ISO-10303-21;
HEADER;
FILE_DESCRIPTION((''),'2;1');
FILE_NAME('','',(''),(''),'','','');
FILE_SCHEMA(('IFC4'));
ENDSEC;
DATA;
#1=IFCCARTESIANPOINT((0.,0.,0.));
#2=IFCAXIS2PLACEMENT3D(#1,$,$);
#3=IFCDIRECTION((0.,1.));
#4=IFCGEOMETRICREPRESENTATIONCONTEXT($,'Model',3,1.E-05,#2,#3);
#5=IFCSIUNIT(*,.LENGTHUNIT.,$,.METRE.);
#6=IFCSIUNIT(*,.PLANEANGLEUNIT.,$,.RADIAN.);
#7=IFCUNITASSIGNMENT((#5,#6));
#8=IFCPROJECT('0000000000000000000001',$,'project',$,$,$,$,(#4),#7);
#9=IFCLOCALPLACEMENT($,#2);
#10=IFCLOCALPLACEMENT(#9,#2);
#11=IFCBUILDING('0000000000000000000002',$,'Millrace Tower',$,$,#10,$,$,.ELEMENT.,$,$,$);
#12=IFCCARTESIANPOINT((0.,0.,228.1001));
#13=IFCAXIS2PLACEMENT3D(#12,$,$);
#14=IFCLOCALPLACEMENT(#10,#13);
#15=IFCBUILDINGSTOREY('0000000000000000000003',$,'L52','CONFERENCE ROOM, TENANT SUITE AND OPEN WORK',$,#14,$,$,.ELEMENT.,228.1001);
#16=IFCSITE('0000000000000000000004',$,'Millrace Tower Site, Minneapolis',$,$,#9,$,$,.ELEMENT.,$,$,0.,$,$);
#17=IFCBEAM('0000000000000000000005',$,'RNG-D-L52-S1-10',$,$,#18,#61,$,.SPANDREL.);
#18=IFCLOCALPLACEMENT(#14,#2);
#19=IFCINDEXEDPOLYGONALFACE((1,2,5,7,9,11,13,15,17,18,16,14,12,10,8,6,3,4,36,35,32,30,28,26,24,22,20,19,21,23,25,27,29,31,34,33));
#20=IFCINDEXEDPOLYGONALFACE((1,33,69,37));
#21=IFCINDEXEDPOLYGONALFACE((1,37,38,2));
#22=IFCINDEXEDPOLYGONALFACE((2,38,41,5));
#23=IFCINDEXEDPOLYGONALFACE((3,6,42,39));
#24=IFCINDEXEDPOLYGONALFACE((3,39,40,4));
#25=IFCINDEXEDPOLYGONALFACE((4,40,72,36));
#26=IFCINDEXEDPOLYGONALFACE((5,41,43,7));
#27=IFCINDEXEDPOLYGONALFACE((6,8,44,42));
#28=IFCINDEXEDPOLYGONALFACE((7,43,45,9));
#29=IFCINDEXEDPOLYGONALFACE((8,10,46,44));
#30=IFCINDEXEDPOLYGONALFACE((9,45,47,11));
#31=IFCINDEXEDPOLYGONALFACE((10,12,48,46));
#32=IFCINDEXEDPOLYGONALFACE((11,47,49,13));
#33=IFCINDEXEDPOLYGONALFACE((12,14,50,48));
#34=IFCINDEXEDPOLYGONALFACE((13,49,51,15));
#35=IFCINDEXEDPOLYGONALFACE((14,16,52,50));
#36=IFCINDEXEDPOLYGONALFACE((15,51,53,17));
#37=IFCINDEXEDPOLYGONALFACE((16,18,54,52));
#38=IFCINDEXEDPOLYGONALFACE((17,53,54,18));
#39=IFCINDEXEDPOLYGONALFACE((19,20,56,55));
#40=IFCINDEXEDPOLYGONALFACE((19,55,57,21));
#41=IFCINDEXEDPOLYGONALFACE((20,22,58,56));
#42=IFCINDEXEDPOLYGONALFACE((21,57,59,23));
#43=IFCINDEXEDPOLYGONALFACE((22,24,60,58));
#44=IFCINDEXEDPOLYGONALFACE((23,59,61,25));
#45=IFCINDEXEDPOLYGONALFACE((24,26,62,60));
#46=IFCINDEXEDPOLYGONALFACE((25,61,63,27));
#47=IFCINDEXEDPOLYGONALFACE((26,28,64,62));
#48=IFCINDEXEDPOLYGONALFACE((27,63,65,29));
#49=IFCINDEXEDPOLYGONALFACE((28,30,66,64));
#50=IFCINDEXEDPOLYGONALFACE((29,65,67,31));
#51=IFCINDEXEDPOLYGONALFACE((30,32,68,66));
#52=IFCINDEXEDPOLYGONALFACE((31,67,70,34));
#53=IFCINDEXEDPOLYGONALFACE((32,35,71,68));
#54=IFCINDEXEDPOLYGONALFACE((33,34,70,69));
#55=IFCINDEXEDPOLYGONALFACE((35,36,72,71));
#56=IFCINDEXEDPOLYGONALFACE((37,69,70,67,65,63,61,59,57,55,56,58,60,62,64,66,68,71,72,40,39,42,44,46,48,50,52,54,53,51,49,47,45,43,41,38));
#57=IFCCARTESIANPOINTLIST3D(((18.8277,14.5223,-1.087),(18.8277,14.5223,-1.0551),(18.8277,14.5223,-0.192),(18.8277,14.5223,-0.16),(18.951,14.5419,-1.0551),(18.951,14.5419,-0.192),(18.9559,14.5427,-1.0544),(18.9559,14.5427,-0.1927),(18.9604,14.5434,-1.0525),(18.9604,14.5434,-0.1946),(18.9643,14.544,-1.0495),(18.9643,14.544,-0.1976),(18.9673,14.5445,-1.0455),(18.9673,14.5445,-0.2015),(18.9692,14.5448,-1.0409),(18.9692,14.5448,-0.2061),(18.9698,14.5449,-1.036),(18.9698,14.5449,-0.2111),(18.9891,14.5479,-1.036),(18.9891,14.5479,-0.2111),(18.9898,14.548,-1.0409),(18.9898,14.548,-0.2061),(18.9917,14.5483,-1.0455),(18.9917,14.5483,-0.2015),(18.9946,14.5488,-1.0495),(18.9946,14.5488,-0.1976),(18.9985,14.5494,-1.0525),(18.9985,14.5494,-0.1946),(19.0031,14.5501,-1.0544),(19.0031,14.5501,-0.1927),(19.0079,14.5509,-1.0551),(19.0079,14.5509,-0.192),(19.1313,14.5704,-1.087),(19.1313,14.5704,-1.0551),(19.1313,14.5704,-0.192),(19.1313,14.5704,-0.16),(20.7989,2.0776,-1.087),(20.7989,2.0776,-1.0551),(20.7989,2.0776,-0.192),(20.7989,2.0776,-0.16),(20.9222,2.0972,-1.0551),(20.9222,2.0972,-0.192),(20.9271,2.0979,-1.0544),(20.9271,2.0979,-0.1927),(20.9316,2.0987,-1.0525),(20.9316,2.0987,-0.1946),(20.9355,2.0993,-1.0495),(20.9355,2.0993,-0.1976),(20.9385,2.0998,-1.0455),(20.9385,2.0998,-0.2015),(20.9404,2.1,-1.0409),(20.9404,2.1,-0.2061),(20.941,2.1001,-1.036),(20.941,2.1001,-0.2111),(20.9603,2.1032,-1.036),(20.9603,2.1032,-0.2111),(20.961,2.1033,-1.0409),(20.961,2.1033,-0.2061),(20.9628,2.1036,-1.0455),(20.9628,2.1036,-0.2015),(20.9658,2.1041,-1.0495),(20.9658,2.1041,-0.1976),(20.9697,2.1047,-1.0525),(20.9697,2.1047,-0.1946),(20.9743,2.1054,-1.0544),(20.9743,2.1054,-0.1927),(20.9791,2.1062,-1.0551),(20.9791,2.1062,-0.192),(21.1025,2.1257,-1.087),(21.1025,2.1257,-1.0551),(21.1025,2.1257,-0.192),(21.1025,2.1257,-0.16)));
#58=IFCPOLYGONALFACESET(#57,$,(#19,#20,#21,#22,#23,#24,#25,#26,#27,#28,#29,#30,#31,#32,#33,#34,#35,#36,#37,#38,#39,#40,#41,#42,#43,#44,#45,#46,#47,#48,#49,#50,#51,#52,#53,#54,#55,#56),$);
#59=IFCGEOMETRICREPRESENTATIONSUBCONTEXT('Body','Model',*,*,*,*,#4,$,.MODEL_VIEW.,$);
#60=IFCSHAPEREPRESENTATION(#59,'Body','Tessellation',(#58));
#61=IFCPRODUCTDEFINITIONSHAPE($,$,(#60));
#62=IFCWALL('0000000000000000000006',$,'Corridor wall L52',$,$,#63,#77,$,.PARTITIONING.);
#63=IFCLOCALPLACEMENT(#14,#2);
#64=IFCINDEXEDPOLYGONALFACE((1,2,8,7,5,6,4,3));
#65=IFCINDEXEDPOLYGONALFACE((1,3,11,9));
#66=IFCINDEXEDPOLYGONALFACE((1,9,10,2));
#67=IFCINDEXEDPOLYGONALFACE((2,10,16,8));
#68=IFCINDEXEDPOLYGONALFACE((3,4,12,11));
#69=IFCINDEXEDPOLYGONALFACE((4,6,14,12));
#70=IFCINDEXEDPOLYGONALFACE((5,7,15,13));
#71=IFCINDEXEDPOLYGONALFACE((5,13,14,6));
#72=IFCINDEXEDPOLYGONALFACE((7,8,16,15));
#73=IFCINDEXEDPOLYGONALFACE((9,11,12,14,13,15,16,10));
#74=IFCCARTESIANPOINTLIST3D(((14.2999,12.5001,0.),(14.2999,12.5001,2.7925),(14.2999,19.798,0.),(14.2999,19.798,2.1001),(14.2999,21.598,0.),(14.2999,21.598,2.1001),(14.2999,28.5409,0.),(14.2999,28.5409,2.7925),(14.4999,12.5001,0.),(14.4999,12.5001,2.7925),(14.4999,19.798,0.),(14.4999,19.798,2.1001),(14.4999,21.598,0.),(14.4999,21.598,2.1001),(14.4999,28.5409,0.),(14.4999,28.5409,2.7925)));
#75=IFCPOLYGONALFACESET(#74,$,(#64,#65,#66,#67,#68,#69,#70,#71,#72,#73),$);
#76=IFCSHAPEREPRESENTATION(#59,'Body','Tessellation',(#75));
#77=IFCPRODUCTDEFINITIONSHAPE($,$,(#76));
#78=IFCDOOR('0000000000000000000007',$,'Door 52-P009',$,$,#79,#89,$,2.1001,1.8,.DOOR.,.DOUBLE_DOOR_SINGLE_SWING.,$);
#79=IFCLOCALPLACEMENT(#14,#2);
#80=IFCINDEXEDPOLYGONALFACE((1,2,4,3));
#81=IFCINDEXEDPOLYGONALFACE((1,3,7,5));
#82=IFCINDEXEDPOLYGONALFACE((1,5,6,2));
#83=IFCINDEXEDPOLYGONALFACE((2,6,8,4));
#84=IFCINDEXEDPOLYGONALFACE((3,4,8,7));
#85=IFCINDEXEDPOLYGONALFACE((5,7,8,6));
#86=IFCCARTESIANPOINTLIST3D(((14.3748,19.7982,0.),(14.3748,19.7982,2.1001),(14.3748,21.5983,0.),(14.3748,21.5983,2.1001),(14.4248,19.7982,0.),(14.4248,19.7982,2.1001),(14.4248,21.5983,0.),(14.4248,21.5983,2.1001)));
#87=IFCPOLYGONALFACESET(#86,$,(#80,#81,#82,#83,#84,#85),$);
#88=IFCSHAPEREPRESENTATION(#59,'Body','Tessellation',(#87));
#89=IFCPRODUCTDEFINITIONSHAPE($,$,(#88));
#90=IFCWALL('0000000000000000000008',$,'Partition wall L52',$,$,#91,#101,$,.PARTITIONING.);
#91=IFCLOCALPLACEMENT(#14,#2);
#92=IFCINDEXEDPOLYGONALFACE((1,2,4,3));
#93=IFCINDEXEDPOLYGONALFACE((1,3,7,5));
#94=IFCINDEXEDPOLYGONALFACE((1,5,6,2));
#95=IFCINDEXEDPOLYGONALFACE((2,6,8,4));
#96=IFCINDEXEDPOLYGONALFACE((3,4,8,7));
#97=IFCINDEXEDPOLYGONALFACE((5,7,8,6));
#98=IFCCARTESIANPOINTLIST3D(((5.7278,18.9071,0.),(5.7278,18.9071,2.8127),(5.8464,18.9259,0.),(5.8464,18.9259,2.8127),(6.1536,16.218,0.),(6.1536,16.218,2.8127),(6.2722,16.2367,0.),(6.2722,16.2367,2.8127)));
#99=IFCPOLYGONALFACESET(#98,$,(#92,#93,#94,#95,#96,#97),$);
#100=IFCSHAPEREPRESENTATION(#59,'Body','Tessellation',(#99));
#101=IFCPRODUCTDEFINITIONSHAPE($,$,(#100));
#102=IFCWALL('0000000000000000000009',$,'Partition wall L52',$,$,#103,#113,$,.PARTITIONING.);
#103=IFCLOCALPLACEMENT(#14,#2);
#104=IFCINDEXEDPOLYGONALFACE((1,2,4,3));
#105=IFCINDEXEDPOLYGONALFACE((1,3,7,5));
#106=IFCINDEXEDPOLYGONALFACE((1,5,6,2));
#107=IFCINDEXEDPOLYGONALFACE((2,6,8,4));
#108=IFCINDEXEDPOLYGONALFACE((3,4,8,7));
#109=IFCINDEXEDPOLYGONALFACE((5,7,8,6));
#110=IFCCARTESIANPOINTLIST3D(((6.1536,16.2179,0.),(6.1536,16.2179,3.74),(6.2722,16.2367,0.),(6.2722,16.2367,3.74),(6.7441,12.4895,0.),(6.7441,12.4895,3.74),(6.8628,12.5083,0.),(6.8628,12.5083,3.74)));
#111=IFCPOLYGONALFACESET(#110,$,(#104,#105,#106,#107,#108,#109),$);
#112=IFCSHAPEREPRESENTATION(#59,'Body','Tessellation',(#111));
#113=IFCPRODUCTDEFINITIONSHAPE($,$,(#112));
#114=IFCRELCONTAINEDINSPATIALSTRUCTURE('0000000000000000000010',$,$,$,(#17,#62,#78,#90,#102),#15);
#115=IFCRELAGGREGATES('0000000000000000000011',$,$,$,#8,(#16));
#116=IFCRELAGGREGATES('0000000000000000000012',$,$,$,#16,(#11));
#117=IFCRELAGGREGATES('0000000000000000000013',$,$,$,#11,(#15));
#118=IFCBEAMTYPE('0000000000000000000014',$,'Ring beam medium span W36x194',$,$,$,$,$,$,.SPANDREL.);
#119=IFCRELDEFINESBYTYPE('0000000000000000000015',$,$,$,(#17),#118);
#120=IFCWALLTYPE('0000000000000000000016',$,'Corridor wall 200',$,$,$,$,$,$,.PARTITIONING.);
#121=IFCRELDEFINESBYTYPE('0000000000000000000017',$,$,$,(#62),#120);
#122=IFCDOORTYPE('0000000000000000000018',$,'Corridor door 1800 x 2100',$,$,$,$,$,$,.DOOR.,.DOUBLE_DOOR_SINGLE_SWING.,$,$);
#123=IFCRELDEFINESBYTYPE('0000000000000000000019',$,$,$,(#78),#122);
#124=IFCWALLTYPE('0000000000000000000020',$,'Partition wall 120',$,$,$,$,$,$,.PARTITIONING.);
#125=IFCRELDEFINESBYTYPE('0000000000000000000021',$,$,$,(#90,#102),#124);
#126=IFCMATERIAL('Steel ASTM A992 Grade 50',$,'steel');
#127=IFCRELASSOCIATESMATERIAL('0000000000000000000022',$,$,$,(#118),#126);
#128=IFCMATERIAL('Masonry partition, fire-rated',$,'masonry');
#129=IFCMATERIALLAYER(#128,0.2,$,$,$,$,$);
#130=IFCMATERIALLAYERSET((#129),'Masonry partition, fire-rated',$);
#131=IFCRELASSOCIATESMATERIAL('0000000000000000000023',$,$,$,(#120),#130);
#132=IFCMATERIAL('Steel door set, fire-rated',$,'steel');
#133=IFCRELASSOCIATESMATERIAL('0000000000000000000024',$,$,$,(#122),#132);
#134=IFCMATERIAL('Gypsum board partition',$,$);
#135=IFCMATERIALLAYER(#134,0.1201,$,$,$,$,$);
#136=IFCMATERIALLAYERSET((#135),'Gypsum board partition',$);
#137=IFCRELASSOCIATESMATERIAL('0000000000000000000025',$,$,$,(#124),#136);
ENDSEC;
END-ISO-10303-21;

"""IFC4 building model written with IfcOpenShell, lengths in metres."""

from ifc_helpers import new_model, si_unit, direction, frame, frame_2d, origin, origin_2d, place, context, subcontext, project, spatial, rectangle, i_section, extrude, material, layer, layer_set, material_profile, profile_set, type_object, element, fill, save


model = new_model("IFC4")

# Units and contexts
model_context = context("Model", 3, precision=1e-05, world=origin(), true_north=direction((0.0, 1.0)))
body_context = subcontext(model_context, "Body", "Model", "MODEL_VIEW")
ifc_project = project(units=[si_unit("LENGTHUNIT", "METRE"), si_unit("PLANEANGLEUNIT", "RADIAN")], contexts=[model_context])

# Site, building, storey
site_placement = place(None, origin())
site = spatial("IfcSite", under=ifc_project, at=site_placement, Name="Millrace Tower Site, Minneapolis", CompositionType="ELEMENT", RefElevation=0.0)
building_placement = place(site_placement, origin())
building = spatial("IfcBuilding", under=site, at=building_placement, Name="Millrace Tower", CompositionType="ELEMENT")
storey_placement = place(building_placement, frame((0.0, 0.0, 228.1001)))
storey = spatial("IfcBuildingStorey", under=building, at=storey_placement, Name="L52", Description="CONFERENCE ROOM, TENANT SUITE AND OPEN WORK", CompositionType="ELEMENT", Elevation=228.1001)

# Beam
ifc_material_1 = material(Name="Steel ASTM A992 Grade 50", Category="steel")
ifc_material_profile_1 = material_profile(ifc_material_1, i_section(OverallWidth=0.3074, OverallDepth=0.927, WebThickness=0.0195, FlangeThickness=0.032, FilletRadius=0.019, at=origin_2d()))
ifc_profile_set_1 = profile_set([ifc_material_profile_1], Name="Steel ASTM A992 Grade 50")
beam_type_1 = type_object("IfcBeamType", Name="Ring beam medium span W36x194", PredefinedType="SPANDREL", material=ifc_profile_set_1)
beam_1_placement = place(storey_placement, frame((18.9795, 14.5464, -0.6235), z_axis=(0.156444, -0.987687, 0.0), x_axis=(0.987687, 0.156444, 0.0)))
element("IfcBeam", 1, at=beam_1_placement, inside=storey, type_object=beam_type_1, Name="RNG-D-L52-S1-10", PredefinedType="SPANDREL", context=body_context, shape_type="SweptSolid", body=[
    extrude(i_section(OverallWidth=0.3074, OverallDepth=0.927, WebThickness=0.0195, FlangeThickness=0.032, FilletRadius=0.019, at=origin_2d()), origin(), (0.0, 0.0, 1.0), 12.5999),
])

# Wall, opening, door
ifc_material_2 = material(Name="Masonry partition, fire-rated", Category="masonry")
ifc_layer_1 = layer(ifc_material_2, 0.2)
ifc_layer_set_1 = layer_set([ifc_layer_1], Name="Masonry partition, fire-rated")
wall_type_1 = type_object("IfcWallType", Name="Corridor wall 200", PredefinedType="PARTITIONING", material=ifc_layer_set_1)
wall_1_placement = place(storey_placement, frame((14.3999, 12.5, 0.0), z_axis=(0.0, 0.0, 1.0), x_axis=(0.0, 1.0, 0.0)))
wall_1 = element("IfcWall", 2, at=wall_1_placement, inside=storey, type_object=wall_type_1, Name="Corridor wall L52", PredefinedType="PARTITIONING", context=body_context, shape_type="SweptSolid", body=[
    extrude(rectangle(XDim=16.0408, YDim=0.2, at=frame_2d((8.0205, 0.0))), origin(), (0.0, 0.0, 1.0), 2.7925),
])
opening_placement = place(wall_1_placement, frame((7.2981, 0.0, 0.0)))
opening = element("IfcOpeningElement", 3, at=opening_placement, cuts=wall_1, PredefinedType="OPENING", context=body_context, shape_type="SweptSolid", body=[
    extrude(rectangle(XDim=1.8, YDim=2.1001, at=frame_2d((0.8999, 1.05))), frame((0.0, 0.1099, 0.0), z_axis=(0.0, -1.0, 0.0), x_axis=(1.0, 0.0, 0.0)), (0.0, 0.0, 1.0), 0.22),
])
ifc_material_3 = material(Name="Steel door set, fire-rated", Category="steel")
door_type = type_object("IfcDoorType", Name="Corridor door 1800 x 2100", OperationType="DOUBLE_DOOR_SINGLE_SWING", PredefinedType="DOOR", material=ifc_material_3)
door_placement = place(opening_placement, frame((1.8, 0.0, 0.0), z_axis=(0.0, 0.0, 1.0), x_axis=(-1.0, 0.0, 0.0)))
door = element("IfcDoor", 4, at=door_placement, inside=storey, type_object=door_type, Name="Door 52-P009", OperationType="DOUBLE_DOOR_SINGLE_SWING", OverallHeight=2.1001, OverallWidth=1.8, PredefinedType="DOOR", context=body_context, shape_type="SweptSolid", body=[
    extrude(rectangle(XDim=1.8, YDim=2.1001, at=frame_2d((0.8999, 1.05))), frame((0.0, 0.0249, 0.0), z_axis=(0.0, -1.0, 0.0), x_axis=(1.0, 0.0, 0.0)), (0.0, 0.0, 1.0), 0.05),
])
fill(opening, door)

# Walls
ifc_material_4 = material(Name="Gypsum board partition")
ifc_layer_2 = layer(ifc_material_4, 0.1201)
ifc_layer_set_2 = layer_set([ifc_layer_2], Name="Gypsum board partition")
wall_type_2 = type_object("IfcWallType", Name="Partition wall 120", PredefinedType="PARTITIONING", material=ifc_layer_set_2)
wall_2_placement = place(storey_placement, frame((5.7871, 18.9165, 0.0), z_axis=(0.0, 0.0, 1.0), x_axis=(0.156382, -0.987697, 0.0)))
element("IfcWall", 5, at=wall_2_placement, inside=storey, type_object=wall_type_2, Name="Partition wall L52", PredefinedType="PARTITIONING", context=body_context, shape_type="SweptSolid", body=[
    extrude(rectangle(XDim=2.7227, YDim=0.1201, at=frame_2d((1.3613, 0.0))), origin(), (0.0, 0.0, 1.0), 2.8127),
])
wall_3_placement = place(storey_placement, frame((6.2129, 16.2273, 0.0), z_axis=(0.0, 0.0, 1.0), x_axis=(0.156444, -0.987687, 0.0)))
element("IfcWall", 6, at=wall_3_placement, inside=storey, type_object=wall_type_2, Name="Partition wall L52", PredefinedType="PARTITIONING", context=body_context, shape_type="SweptSolid", body=[
    extrude(rectangle(XDim=3.7749, YDim=0.1201, at=frame_2d((1.8875, 0.0))), origin(), (0.0, 0.0, 1.0), 3.74),
])

save(model, "model.ifc")
